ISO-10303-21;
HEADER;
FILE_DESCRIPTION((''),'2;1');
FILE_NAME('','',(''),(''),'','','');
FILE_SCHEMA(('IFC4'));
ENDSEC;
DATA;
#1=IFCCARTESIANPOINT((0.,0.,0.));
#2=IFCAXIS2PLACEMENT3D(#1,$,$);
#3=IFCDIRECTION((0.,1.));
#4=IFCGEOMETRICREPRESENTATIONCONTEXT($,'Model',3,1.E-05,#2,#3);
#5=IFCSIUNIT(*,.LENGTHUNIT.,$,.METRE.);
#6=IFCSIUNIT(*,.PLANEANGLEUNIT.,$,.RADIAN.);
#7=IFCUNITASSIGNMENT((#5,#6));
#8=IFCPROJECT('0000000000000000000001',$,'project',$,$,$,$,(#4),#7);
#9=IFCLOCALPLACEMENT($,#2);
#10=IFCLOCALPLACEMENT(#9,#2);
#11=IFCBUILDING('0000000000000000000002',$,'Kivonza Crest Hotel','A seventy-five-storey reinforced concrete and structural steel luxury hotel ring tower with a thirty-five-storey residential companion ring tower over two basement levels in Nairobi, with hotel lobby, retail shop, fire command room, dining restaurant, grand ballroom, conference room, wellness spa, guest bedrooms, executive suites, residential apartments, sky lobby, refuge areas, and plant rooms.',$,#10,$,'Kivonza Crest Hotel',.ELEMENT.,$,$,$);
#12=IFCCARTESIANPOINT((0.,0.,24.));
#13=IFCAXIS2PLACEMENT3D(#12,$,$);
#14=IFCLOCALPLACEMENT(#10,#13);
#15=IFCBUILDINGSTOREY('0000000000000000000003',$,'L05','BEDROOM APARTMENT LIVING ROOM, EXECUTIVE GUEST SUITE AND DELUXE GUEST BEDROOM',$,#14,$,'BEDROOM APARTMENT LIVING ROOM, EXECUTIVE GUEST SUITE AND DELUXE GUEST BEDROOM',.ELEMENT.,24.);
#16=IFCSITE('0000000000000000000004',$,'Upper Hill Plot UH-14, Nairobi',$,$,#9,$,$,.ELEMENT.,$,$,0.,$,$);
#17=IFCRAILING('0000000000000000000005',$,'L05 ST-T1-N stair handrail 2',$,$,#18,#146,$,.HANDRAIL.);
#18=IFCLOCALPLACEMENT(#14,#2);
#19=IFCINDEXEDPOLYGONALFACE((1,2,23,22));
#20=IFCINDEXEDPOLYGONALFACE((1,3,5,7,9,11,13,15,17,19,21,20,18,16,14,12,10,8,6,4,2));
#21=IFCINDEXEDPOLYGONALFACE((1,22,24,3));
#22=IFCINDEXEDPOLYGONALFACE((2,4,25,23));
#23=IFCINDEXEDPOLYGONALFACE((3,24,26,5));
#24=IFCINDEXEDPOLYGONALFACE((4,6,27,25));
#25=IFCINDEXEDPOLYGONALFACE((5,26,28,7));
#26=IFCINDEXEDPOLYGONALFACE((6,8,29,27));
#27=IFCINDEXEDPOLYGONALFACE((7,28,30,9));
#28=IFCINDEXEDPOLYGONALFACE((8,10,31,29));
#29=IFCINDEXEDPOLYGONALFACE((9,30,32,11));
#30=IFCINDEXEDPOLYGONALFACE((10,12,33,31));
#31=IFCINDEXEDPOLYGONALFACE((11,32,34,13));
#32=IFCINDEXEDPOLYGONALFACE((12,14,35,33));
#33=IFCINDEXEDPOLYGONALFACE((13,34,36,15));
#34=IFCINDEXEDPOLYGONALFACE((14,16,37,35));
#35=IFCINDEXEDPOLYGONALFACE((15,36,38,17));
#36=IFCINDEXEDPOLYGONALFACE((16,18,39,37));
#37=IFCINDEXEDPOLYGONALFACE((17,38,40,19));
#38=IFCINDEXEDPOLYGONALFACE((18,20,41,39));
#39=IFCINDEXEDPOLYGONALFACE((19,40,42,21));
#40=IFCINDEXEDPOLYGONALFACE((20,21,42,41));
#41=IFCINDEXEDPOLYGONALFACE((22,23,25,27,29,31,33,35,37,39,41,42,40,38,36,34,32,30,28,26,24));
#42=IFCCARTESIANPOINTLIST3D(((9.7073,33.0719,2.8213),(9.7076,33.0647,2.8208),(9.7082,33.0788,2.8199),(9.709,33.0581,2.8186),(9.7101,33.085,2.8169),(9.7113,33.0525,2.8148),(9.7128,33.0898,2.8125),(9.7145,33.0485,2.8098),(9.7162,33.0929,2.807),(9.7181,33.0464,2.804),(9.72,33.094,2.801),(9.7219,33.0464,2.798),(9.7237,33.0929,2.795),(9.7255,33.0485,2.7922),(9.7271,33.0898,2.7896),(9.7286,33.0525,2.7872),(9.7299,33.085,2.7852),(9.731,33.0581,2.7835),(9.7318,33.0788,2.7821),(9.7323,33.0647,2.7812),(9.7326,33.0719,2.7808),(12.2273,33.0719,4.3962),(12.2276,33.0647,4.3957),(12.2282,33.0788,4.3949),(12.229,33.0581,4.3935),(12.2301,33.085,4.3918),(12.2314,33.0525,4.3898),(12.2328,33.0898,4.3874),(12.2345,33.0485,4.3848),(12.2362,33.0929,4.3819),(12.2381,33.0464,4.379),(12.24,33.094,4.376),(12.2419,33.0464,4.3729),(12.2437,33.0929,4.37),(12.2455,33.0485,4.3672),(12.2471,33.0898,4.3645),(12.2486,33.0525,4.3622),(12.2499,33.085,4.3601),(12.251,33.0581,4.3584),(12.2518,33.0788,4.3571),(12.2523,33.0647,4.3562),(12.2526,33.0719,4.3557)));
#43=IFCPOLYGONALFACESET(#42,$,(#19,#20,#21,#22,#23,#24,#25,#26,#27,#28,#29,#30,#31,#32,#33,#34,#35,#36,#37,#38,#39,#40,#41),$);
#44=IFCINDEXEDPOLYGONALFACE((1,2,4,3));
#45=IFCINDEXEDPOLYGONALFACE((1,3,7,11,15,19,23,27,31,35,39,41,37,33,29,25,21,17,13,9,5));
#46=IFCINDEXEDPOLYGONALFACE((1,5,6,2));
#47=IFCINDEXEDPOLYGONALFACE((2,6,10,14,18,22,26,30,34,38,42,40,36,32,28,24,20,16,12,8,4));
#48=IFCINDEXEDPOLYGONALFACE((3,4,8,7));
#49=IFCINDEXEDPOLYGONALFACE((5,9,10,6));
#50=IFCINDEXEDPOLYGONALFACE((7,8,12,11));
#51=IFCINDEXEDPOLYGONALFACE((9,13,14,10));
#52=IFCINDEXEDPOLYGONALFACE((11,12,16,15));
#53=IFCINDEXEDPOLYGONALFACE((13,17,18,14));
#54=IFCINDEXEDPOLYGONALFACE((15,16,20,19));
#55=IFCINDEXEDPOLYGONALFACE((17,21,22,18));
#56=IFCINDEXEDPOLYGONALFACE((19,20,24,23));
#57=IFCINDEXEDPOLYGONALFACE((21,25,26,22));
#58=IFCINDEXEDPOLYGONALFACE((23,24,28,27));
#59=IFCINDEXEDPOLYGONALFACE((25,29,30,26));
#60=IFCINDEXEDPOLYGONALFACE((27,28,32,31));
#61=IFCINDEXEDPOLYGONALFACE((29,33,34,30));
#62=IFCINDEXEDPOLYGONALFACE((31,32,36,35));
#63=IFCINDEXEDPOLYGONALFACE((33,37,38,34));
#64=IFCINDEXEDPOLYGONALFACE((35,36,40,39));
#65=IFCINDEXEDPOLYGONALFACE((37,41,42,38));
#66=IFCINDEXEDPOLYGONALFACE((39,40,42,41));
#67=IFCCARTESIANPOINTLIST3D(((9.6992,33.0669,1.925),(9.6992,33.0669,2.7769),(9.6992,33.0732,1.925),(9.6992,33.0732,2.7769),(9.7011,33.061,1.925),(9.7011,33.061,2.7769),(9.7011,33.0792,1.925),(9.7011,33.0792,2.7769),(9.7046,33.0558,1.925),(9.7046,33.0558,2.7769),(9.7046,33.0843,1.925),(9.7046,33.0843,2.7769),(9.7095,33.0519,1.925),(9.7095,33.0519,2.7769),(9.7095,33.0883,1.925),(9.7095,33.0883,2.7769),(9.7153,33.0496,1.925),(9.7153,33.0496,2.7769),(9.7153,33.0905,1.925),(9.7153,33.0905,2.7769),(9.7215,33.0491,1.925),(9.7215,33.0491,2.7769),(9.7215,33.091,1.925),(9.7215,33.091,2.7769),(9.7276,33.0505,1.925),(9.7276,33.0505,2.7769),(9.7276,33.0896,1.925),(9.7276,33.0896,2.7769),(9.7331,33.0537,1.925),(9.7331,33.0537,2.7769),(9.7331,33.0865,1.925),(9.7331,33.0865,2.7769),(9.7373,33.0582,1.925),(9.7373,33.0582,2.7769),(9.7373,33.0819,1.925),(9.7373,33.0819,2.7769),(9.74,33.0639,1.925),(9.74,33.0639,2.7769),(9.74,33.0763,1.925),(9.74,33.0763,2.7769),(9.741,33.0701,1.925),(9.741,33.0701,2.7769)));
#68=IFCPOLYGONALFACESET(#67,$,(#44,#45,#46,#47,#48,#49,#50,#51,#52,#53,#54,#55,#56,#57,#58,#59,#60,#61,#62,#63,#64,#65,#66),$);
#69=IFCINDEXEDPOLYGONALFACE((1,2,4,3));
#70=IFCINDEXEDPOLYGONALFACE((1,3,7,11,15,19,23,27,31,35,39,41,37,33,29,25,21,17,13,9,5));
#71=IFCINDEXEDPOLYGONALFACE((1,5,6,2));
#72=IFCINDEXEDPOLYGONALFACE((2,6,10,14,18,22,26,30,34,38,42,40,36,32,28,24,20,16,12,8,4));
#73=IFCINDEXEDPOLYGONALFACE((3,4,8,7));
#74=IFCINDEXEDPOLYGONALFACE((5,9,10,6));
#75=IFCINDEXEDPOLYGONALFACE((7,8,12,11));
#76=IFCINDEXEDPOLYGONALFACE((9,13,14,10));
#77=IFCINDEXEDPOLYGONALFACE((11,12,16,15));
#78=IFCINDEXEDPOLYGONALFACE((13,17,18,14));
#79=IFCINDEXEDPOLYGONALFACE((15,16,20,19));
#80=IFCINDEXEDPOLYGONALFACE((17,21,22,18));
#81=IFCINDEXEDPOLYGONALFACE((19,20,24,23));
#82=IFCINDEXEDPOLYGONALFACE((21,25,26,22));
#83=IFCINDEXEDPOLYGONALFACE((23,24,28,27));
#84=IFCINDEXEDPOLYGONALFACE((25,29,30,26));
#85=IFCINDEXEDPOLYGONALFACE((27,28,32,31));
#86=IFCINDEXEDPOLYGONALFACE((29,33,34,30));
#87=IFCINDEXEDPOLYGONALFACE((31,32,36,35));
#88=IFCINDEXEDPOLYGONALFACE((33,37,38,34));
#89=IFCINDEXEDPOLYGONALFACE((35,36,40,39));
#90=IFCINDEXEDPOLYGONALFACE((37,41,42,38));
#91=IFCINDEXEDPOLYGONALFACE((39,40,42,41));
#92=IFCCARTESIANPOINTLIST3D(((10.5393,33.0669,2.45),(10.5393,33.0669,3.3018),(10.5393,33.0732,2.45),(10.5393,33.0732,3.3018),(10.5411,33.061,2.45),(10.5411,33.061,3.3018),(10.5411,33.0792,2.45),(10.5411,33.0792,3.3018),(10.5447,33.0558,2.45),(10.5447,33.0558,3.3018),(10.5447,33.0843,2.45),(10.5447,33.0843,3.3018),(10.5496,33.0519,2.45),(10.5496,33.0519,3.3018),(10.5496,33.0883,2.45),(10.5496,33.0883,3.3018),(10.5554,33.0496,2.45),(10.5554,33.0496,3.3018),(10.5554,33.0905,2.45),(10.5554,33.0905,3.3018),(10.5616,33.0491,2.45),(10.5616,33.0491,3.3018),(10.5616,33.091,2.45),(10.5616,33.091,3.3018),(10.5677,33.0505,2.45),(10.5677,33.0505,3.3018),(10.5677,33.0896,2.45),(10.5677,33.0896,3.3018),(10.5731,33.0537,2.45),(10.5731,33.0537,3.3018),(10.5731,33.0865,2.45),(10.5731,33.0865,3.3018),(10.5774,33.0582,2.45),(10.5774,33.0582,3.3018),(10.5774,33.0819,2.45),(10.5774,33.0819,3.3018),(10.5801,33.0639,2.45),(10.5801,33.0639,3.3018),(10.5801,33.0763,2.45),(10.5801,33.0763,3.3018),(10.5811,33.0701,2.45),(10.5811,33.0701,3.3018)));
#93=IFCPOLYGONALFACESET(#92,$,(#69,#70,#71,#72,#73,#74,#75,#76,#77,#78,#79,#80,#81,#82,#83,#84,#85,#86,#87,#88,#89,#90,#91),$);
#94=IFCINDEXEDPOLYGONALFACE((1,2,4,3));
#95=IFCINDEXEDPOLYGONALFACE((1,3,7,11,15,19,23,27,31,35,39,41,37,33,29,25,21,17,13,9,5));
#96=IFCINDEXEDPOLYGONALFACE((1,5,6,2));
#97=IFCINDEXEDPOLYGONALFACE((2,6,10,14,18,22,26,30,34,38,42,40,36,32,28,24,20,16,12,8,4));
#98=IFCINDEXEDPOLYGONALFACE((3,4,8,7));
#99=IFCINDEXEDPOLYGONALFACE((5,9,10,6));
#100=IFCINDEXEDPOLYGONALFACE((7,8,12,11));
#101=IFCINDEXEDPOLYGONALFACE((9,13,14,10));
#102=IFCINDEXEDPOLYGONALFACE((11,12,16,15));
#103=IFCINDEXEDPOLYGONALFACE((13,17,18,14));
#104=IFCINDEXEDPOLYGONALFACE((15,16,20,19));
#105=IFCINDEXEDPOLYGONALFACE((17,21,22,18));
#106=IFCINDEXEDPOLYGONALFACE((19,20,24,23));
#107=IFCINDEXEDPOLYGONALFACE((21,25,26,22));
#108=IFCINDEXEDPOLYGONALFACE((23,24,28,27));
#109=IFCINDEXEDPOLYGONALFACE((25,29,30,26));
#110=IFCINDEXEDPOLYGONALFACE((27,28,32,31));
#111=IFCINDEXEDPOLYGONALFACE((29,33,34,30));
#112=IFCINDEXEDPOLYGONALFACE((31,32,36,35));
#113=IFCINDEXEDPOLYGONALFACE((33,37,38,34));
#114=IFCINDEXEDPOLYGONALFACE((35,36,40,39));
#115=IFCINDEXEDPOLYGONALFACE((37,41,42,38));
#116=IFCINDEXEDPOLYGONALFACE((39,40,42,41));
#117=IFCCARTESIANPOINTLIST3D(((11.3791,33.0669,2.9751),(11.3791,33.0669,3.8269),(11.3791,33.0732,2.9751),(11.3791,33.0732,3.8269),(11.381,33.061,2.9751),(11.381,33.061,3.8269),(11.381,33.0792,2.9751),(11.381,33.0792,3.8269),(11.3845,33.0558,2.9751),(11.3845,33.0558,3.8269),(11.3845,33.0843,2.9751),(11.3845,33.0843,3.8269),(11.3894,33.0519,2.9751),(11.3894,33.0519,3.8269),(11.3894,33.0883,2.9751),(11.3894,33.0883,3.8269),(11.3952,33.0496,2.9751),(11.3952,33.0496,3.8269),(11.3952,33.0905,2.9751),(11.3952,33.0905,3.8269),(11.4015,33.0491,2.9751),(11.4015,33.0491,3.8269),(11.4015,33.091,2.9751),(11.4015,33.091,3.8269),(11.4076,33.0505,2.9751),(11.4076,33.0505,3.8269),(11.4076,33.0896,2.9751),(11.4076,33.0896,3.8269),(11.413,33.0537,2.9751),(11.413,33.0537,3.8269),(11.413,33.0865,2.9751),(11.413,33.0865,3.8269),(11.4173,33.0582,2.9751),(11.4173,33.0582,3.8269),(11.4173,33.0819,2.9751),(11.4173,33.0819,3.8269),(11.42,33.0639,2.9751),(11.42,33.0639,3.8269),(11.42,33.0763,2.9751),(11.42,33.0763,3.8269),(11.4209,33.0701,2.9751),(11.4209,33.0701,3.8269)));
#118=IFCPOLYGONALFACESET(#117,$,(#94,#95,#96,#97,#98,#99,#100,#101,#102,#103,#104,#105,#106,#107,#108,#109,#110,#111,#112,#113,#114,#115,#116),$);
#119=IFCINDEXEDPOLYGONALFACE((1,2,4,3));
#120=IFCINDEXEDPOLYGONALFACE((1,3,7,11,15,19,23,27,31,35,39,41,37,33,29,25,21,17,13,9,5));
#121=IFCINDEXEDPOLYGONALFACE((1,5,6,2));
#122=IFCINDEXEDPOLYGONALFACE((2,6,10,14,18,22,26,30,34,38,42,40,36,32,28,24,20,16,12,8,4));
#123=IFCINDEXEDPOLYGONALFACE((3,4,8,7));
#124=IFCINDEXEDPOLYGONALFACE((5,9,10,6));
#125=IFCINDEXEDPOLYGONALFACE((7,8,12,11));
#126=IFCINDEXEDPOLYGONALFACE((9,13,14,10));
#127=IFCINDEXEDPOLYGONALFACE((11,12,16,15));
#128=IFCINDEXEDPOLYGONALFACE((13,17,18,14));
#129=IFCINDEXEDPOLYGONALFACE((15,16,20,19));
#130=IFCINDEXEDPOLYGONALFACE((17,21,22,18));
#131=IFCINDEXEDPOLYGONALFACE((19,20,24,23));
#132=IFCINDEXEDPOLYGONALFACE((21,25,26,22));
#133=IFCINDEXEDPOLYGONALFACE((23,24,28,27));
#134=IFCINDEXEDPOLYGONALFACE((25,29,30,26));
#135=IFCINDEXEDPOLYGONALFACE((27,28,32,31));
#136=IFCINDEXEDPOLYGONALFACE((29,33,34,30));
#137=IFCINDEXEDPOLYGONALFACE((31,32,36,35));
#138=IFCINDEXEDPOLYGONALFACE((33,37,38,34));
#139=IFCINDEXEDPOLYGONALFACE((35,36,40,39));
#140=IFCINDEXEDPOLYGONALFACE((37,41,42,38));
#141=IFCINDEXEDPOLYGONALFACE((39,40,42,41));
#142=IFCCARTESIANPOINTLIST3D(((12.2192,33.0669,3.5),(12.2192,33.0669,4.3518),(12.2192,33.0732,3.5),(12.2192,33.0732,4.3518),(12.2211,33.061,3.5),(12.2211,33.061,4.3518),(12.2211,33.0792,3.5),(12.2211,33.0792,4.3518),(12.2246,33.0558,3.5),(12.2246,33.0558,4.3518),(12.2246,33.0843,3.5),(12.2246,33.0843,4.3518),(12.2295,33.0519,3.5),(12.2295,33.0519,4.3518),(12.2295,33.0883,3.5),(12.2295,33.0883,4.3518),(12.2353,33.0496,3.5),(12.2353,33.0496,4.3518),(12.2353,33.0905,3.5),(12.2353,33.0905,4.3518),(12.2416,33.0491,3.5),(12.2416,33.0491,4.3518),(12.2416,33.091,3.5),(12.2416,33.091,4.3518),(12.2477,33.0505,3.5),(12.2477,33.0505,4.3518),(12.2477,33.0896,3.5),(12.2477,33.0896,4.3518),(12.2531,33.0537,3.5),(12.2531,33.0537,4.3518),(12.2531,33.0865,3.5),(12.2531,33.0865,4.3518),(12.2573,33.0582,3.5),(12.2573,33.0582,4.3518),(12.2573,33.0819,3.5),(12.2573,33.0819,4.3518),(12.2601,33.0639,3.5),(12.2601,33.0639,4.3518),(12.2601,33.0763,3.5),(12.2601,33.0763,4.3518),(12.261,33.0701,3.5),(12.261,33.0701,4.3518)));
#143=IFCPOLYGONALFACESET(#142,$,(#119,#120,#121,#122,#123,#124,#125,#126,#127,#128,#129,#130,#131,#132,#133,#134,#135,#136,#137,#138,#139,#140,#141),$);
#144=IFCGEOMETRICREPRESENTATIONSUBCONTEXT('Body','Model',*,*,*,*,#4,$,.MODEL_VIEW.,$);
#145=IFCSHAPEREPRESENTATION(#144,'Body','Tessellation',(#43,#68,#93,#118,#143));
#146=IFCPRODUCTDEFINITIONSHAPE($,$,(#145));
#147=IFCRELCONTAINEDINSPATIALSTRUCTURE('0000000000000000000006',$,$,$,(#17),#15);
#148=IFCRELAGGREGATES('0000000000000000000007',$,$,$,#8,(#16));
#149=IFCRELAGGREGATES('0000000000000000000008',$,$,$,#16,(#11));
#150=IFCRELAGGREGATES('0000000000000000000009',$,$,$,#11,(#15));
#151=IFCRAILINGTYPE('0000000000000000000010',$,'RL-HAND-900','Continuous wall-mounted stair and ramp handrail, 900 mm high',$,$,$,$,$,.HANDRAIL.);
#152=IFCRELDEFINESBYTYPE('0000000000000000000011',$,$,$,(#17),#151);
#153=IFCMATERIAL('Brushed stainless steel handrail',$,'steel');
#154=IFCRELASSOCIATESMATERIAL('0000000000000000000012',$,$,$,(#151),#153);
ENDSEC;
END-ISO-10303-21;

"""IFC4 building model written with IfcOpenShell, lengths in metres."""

from ifc_helpers import new_model, si_unit, direction, frame, origin, origin_2d, place, context, subcontext, project, spatial, circle, extrude, material, type_object, element, save


model = new_model("IFC4")

# Units and contexts
model_context = context("Model", 3, precision=1e-05, world=origin(), true_north=direction((0.0, 1.0)))
body_context = subcontext(model_context, "Body", "Model", "MODEL_VIEW")
ifc_project = project(units=[si_unit("LENGTHUNIT", "METRE"), si_unit("PLANEANGLEUNIT", "RADIAN")], contexts=[model_context])

# Site, building, storey
site_placement = place(None, origin())
site = spatial("IfcSite", under=ifc_project, at=site_placement, Name="Upper Hill Plot UH-14, Nairobi", CompositionType="ELEMENT", RefElevation=0.0)
building_placement = place(site_placement, origin())
building = spatial("IfcBuilding", under=site, at=building_placement, Name="Kivonza Crest Hotel", Description="A seventy-five-storey reinforced concrete and structural steel luxury hotel ring tower with a thirty-five-storey residential companion ring tower over two basement levels in Nairobi, with hotel lobby, retail shop, fire command room, dining restaurant, grand ballroom, conference room, wellness spa, guest bedrooms, executive suites, residential apartments, sky lobby, refuge areas, and plant rooms.", LongName="Kivonza Crest Hotel", CompositionType="ELEMENT")
storey_placement = place(building_placement, frame((0.0, 0.0, 24.0)))
storey = spatial("IfcBuildingStorey", under=building, at=storey_placement, Name="L05", Description="BEDROOM APARTMENT LIVING ROOM, EXECUTIVE GUEST SUITE AND DELUXE GUEST BEDROOM", LongName="BEDROOM APARTMENT LIVING ROOM, EXECUTIVE GUEST SUITE AND DELUXE GUEST BEDROOM", CompositionType="ELEMENT", Elevation=24.0)

# Railing
ifc_material_1 = material(Name="Brushed stainless steel handrail", Category="steel")
railing_type_1 = type_object("IfcRailingType", Name="RL-HAND-900", Description="Continuous wall-mounted stair and ramp handrail, 900 mm high", PredefinedType="HANDRAIL", material=ifc_material_1)
railing_1_placement = place(storey_placement, frame((9.72, 33.0701, 1.925)))
element("IfcRailing", 1, at=railing_1_placement, inside=storey, type_object=railing_type_1, Name="L05 ST-T1-N stair handrail 2", PredefinedType="HANDRAIL", context=body_context, shape_type="SweptSolid", body=[
    extrude(circle(Radius=0.0239, at=origin_2d()), frame((0.0, 0.0, 0.876), z_axis=(0.848008, 0.0, 0.529984), x_axis=(0.0, 1.0, 0.0)), (0.0, 0.0, 1.0), 2.9717),
    extrude(circle(Radius=0.021, at=origin_2d()), origin(), (0.0, 0.0, 1.0), 0.8518),
    extrude(circle(Radius=0.021, at=origin_2d()), frame((0.8401, 0.0, 0.5249)), (0.0, 0.0, 1.0), 0.8518),
    extrude(circle(Radius=0.021, at=origin_2d()), frame((1.6799, 0.0, 1.05)), (0.0, 0.0, 1.0), 0.8518),
    extrude(circle(Radius=0.021, at=origin_2d()), frame((2.52, 0.0, 1.575)), (0.0, 0.0, 1.0), 0.8518),
])

save(model, "model.ifc")
